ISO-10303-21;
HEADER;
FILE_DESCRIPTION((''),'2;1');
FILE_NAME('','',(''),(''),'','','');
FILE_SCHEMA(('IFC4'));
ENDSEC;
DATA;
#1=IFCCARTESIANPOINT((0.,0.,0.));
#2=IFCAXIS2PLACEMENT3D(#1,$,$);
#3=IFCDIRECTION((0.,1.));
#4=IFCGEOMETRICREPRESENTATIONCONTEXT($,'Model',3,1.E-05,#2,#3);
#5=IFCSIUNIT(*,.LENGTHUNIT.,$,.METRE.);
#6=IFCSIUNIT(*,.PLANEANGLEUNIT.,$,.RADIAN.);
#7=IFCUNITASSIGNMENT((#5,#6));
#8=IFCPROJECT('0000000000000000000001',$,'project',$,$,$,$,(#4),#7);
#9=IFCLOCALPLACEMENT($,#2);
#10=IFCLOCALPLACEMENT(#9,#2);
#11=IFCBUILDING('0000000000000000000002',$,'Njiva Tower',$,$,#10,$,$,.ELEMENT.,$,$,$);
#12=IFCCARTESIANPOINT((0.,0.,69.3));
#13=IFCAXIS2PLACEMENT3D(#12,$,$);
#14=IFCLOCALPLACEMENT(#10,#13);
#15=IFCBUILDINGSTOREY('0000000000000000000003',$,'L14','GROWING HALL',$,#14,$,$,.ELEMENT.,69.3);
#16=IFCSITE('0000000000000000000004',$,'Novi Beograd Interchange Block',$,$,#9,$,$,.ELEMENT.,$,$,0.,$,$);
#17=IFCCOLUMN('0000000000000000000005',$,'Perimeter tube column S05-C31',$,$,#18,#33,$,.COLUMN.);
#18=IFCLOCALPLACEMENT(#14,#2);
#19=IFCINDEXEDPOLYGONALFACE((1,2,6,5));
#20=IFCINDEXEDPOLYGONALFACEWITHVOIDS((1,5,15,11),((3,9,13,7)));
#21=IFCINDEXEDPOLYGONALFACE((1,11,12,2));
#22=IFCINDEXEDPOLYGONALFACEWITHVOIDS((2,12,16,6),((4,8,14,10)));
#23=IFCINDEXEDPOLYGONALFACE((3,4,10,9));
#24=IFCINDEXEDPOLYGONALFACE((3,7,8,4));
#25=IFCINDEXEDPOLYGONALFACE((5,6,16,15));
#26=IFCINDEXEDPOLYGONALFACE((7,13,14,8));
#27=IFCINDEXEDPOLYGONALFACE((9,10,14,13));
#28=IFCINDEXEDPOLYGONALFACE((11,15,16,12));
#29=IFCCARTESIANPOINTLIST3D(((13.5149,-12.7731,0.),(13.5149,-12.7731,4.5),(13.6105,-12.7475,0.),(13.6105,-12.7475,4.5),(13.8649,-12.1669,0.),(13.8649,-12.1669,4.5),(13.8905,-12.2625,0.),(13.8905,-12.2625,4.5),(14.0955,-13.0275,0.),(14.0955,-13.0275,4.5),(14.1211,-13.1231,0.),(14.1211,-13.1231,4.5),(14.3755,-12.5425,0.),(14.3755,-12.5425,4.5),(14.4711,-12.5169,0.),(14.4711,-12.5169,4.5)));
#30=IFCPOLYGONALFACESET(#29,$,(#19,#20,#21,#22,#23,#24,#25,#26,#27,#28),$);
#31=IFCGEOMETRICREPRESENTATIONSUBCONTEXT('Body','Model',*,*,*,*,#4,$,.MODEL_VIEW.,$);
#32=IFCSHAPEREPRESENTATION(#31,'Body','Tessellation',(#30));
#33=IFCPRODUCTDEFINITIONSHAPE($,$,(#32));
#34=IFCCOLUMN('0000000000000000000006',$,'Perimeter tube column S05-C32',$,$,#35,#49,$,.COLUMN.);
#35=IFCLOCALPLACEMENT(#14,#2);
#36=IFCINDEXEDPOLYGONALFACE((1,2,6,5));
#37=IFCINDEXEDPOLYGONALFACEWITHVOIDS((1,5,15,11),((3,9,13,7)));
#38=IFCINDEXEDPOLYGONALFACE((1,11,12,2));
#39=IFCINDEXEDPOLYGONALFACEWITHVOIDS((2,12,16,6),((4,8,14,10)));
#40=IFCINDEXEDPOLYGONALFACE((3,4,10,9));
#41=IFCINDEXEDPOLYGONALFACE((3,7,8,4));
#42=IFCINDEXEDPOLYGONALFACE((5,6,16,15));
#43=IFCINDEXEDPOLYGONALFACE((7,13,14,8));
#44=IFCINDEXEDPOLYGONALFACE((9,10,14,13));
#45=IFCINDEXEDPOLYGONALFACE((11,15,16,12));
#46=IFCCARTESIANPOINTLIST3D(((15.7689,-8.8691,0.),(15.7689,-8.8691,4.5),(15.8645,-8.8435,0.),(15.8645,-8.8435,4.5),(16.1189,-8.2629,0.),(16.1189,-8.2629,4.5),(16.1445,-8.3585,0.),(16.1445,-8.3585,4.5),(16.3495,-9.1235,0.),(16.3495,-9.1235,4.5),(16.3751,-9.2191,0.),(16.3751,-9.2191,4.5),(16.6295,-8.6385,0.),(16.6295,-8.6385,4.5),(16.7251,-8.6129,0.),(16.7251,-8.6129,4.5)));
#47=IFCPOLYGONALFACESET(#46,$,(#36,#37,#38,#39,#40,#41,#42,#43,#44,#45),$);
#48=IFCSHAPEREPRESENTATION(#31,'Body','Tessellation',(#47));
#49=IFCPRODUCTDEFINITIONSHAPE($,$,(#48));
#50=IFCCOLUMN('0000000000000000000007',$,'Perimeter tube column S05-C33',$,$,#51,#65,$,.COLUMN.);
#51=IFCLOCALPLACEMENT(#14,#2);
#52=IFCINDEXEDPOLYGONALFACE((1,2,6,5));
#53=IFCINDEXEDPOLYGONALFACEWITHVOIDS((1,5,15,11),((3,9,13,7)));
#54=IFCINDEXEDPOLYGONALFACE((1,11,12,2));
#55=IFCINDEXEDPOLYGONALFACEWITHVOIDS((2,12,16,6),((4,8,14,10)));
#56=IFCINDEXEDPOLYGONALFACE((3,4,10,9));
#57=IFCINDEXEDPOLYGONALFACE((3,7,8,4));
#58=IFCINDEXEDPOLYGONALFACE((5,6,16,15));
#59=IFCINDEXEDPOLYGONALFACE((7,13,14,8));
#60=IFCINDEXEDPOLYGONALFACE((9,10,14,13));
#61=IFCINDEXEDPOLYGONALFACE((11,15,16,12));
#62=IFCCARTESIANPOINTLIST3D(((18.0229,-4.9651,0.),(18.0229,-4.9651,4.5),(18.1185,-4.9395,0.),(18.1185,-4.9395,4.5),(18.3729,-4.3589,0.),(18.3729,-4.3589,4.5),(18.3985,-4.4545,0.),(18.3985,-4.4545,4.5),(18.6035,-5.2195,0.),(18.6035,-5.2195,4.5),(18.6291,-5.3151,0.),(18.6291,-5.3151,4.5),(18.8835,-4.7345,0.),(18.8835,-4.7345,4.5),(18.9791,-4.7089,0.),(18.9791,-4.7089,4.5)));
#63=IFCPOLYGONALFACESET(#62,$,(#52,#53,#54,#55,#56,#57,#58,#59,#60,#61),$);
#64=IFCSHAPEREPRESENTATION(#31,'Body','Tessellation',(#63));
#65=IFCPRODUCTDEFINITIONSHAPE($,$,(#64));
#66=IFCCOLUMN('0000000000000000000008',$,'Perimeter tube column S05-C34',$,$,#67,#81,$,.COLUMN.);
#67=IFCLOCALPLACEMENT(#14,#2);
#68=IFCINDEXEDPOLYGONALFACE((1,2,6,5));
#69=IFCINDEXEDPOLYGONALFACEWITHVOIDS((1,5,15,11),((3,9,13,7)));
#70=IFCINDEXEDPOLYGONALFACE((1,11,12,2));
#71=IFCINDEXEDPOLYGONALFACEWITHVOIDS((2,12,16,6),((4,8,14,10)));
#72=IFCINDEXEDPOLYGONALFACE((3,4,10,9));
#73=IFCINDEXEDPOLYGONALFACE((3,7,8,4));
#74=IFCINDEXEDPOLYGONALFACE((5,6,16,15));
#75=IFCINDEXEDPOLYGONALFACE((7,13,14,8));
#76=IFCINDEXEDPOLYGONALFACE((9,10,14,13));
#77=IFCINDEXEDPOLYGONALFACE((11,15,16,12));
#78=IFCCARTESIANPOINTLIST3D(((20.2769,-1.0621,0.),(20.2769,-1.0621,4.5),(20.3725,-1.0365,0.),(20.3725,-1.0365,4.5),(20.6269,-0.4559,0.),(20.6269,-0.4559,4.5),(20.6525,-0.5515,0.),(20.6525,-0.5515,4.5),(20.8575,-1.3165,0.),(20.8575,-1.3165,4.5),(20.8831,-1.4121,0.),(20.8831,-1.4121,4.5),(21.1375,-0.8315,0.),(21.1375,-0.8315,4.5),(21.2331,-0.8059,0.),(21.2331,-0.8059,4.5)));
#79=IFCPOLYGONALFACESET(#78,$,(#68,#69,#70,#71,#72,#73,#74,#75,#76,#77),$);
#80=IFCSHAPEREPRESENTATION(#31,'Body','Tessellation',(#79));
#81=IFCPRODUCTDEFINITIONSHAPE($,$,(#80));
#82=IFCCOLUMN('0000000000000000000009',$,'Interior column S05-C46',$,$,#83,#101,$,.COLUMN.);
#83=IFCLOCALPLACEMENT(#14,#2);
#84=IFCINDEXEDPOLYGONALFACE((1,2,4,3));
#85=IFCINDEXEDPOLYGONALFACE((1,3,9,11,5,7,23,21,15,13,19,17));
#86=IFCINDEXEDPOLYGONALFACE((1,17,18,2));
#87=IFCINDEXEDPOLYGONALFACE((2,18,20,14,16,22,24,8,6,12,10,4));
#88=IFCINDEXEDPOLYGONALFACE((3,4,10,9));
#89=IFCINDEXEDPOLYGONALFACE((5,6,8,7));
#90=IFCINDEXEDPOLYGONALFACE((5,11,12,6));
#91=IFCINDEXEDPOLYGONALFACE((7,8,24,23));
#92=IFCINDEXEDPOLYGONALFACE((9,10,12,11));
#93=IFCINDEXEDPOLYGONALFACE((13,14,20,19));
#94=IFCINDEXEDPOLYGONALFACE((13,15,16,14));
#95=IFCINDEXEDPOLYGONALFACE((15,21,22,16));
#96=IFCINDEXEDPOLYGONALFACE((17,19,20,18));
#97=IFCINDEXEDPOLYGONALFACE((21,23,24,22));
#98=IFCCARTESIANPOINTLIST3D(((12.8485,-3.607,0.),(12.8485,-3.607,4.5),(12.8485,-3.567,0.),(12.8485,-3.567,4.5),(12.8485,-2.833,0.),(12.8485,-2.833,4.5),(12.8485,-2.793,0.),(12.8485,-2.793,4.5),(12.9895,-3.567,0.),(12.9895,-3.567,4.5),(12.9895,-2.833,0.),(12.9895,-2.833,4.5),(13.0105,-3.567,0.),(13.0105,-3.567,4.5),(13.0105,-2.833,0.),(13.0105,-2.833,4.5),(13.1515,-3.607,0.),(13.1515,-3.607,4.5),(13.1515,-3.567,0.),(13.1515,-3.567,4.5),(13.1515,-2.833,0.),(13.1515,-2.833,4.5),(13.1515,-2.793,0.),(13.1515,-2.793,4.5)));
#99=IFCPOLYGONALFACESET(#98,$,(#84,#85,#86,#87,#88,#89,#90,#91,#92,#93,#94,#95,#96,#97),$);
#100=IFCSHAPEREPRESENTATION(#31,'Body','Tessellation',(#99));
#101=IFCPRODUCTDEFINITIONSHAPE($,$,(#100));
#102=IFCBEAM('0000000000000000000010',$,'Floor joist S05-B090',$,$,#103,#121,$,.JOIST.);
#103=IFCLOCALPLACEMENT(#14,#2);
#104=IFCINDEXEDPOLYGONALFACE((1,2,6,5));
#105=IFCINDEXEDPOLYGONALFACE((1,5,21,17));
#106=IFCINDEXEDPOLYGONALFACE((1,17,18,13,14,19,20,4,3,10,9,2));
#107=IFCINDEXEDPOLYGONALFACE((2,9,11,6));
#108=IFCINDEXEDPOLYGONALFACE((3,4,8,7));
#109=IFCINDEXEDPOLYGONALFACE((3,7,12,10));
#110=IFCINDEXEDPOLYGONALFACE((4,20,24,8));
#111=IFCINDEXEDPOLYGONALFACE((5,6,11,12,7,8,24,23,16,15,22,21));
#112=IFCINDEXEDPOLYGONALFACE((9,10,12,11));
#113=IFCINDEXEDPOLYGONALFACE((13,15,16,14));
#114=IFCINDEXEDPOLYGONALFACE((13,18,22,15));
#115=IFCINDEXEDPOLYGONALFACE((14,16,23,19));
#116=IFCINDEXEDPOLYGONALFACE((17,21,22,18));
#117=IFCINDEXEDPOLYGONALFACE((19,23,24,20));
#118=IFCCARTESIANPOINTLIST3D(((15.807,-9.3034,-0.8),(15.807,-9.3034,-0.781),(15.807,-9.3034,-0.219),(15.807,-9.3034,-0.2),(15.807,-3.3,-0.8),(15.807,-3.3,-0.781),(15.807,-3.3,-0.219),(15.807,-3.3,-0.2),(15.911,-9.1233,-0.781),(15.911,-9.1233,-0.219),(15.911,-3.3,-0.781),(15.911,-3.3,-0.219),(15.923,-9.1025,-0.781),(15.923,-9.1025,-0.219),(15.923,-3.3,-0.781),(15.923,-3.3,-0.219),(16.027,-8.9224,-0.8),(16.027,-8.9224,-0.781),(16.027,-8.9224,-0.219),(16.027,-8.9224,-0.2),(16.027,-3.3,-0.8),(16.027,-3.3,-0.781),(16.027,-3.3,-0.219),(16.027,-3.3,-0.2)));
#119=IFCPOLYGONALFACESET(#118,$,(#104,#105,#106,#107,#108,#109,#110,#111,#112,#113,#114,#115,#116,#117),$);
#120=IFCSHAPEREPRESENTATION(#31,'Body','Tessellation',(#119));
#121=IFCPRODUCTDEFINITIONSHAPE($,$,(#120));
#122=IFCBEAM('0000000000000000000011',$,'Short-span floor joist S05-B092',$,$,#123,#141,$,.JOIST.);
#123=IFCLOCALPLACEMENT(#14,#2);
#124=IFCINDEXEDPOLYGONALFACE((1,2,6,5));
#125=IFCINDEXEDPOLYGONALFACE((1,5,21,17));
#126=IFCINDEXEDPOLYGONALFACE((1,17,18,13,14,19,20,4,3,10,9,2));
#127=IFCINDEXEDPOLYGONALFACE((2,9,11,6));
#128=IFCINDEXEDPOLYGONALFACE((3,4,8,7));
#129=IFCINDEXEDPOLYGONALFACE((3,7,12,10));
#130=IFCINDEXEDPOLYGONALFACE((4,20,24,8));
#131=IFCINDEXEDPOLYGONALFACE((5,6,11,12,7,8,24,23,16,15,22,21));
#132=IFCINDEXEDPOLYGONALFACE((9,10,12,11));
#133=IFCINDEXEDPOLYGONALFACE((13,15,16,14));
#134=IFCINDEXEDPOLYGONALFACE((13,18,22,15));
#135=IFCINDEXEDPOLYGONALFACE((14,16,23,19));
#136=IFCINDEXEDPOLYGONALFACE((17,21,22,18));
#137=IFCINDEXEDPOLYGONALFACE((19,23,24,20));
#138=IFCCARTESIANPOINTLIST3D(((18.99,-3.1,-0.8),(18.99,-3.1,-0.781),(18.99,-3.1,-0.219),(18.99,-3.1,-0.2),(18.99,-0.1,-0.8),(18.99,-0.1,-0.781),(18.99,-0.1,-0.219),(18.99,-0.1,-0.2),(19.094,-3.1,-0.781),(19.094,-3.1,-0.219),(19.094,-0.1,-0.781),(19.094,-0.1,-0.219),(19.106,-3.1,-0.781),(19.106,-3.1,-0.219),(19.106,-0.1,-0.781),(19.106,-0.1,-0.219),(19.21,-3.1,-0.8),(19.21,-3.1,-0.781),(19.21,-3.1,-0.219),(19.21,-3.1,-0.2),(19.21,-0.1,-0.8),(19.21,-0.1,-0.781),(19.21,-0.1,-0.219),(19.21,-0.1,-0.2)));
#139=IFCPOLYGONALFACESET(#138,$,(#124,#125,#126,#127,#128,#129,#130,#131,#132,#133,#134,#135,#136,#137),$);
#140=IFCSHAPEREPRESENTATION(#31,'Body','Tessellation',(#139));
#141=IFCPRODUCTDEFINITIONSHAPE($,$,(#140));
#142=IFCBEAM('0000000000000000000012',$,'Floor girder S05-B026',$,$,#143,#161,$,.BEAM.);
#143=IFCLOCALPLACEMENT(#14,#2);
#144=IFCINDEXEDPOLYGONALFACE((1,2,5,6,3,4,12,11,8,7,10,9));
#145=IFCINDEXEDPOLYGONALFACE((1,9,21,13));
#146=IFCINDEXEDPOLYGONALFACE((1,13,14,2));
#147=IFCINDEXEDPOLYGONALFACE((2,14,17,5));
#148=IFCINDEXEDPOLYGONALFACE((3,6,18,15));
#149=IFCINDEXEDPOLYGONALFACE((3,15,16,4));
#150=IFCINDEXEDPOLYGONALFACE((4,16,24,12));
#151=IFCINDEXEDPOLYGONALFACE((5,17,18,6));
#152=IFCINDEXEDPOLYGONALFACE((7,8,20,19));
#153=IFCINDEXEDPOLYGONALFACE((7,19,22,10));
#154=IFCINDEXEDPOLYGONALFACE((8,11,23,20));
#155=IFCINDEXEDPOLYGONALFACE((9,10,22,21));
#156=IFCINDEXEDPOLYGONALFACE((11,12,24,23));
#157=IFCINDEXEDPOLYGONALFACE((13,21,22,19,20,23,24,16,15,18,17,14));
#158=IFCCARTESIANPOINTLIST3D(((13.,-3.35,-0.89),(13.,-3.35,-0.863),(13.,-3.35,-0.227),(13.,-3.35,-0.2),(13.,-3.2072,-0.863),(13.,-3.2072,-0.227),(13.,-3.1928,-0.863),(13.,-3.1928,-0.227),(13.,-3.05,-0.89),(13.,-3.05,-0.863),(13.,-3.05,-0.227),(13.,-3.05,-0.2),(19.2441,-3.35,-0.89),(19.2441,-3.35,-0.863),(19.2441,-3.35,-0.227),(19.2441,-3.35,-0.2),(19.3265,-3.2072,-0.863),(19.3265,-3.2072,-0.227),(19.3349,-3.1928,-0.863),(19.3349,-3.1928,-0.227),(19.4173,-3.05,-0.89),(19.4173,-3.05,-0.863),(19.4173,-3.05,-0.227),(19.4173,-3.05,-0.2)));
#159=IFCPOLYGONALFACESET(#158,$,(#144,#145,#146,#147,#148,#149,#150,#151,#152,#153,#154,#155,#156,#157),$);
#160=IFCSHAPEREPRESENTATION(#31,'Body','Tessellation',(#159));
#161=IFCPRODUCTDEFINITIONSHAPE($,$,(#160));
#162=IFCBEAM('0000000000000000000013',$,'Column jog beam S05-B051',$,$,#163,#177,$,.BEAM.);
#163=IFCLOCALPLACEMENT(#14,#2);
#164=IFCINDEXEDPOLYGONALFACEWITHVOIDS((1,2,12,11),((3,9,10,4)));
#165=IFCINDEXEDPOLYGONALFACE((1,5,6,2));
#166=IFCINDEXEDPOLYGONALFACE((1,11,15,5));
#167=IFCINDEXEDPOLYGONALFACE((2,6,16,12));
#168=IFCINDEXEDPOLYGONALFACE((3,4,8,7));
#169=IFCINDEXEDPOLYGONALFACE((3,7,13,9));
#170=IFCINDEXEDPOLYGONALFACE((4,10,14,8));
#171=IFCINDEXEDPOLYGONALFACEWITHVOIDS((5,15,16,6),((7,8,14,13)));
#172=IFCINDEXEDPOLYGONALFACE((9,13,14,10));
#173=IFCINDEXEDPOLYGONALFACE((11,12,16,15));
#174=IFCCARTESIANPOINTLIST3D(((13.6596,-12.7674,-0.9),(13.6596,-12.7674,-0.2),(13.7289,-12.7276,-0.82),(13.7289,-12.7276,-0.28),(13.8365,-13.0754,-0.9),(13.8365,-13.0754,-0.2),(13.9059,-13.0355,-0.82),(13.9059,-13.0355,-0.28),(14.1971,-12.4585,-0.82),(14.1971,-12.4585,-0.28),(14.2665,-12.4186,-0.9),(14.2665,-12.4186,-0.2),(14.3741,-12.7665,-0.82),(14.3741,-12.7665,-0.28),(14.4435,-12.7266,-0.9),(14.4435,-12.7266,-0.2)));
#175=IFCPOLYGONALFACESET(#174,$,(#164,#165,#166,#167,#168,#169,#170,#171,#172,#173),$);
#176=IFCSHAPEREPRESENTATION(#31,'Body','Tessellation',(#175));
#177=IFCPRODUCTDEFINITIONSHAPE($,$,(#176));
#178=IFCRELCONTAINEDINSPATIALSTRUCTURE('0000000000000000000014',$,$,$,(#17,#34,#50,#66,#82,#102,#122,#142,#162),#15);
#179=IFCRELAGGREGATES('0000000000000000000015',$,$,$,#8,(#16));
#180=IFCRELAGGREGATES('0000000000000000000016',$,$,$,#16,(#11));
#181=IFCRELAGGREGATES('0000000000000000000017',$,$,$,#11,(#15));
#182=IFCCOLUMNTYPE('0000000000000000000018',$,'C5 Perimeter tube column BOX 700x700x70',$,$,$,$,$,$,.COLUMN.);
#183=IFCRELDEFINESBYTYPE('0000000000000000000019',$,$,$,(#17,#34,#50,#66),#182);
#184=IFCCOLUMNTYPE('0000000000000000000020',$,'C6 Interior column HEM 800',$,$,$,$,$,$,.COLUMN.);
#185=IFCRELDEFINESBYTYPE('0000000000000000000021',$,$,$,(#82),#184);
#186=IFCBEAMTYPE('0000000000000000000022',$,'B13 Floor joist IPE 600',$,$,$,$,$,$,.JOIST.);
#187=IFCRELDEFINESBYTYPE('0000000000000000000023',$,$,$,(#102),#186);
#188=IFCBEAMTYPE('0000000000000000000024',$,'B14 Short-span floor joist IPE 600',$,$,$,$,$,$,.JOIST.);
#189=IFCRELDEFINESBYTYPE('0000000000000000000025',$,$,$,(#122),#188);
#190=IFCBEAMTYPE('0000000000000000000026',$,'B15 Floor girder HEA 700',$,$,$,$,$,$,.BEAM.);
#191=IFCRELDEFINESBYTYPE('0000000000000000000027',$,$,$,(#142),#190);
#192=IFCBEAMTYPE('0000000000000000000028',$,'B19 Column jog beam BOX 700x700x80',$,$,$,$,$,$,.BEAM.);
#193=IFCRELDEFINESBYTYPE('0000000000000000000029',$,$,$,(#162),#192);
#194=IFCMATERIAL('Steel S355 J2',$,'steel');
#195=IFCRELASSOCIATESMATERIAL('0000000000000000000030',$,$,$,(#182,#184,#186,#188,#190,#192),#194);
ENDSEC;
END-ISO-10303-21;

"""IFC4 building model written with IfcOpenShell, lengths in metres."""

from ifc_helpers import new_model, si_unit, direction, frame, origin, origin_2d, place, context, subcontext, project, spatial, hollow_rectangle, i_section, extrude, clip, halfspace, material, material_profile, profile_set, type_object, element, save


model = new_model("IFC4")

# Units and contexts
model_context = context("Model", 3, precision=1e-05, world=origin(), true_north=direction((0.0, 1.0)))
body_context = subcontext(model_context, "Body", "Model", "MODEL_VIEW")
ifc_project = project(units=[si_unit("LENGTHUNIT", "METRE"), si_unit("PLANEANGLEUNIT", "RADIAN")], contexts=[model_context])

# Site, building, storey
site_placement = place(None, origin())
site = spatial("IfcSite", under=ifc_project, at=site_placement, Name="Novi Beograd Interchange Block", CompositionType="ELEMENT", RefElevation=0.0)
building_placement = place(site_placement, origin())
building = spatial("IfcBuilding", under=site, at=building_placement, Name="Njiva Tower", CompositionType="ELEMENT")
storey_placement = place(building_placement, frame((0.0, 0.0, 69.3)))
storey = spatial("IfcBuildingStorey", under=building, at=storey_placement, Name="L14", Description="GROWING HALL", CompositionType="ELEMENT", Elevation=69.3)

# Columns
ifc_material_1 = material(Name="Steel S355 J2", Category="steel")
ifc_material_profile_1 = material_profile(ifc_material_1, hollow_rectangle(XDim=0.7, YDim=0.7, WallThickness=0.07, at=origin_2d()), Name="BOX 700x700x70")
ifc_profile_set_1 = profile_set([ifc_material_profile_1], Name="Steel S355 J2")
column_type_1 = type_object("IfcColumnType", Name="C5 Perimeter tube column BOX 700x700x70", PredefinedType="COLUMN", material=ifc_profile_set_1)
for number, where, z_axis, x_axis, name in (
    (1, (13.993, -12.645, 0.0), (0.0, 0.0, 1.0), (0.5, 0.866025, 0.0), "Perimeter tube column S05-C31"),
    (2, (16.247, -8.741, 0.0), (0.0, 0.0, 1.0), (0.5, 0.866025, 0.0), "Perimeter tube column S05-C32"),
    (3, (18.501, -4.837, 0.0), (0.0, 0.0, 1.0), (0.5, 0.866025, 0.0), "Perimeter tube column S05-C33"),
    (4, (20.755, -0.934, 0.0), (0.0, 0.0, 1.0), (0.5, 0.866025, 0.0), "Perimeter tube column S05-C34"),
):
    element("IfcColumn", number, at=place(storey_placement, frame(where, z_axis=z_axis, x_axis=x_axis)), inside=storey, type_object=column_type_1, Name=name, PredefinedType="COLUMN", context=body_context, shape_type="SweptSolid", body=[
        extrude(hollow_rectangle(XDim=0.7, YDim=0.7, WallThickness=0.07, at=origin_2d()), origin(), (0.0, 0.0, 1.0), 4.5),
    ])
ifc_material_profile_2 = material_profile(ifc_material_1, i_section(OverallWidth=0.303, OverallDepth=0.814, WebThickness=0.021, FlangeThickness=0.04, at=origin_2d()), Name="HEM 800")
ifc_profile_set_2 = profile_set([ifc_material_profile_2], Name="Steel S355 J2")
column_type_2 = type_object("IfcColumnType", Name="C6 Interior column HEM 800", PredefinedType="COLUMN", material=ifc_profile_set_2)
column_placement = place(storey_placement, frame((13.0, -3.2, 0.0), z_axis=(0.0, 0.0, 1.0), x_axis=(1.0, 0.0, 0.0)))
element("IfcColumn", 5, at=column_placement, inside=storey, type_object=column_type_2, Name="Interior column S05-C46", PredefinedType="COLUMN", context=body_context, shape_type="SweptSolid", body=[
    extrude(i_section(OverallWidth=0.303, OverallDepth=0.814, WebThickness=0.021, FlangeThickness=0.04, at=origin_2d()), origin(), (0.0, 0.0, 1.0), 4.5),
])

# Beams
ifc_material_profile_3 = material_profile(ifc_material_1, i_section(OverallWidth=0.22, OverallDepth=0.6, WebThickness=0.012, FlangeThickness=0.019, at=origin_2d()), Name="IPE 600")
ifc_profile_set_3 = profile_set([ifc_material_profile_3], Name="Steel S355 J2")
beam_type_1 = type_object("IfcBeamType", Name="B13 Floor joist IPE 600", PredefinedType="JOIST", material=ifc_profile_set_3)
beam_1_placement = place(storey_placement, frame((15.917, -3.3, -0.5), z_axis=(0.0, -1.0, 0.0), x_axis=(1.0, 0.0, 0.0)))
element("IfcBeam", 6, at=beam_1_placement, inside=storey, type_object=beam_type_1, Name="Floor joist S05-B090", PredefinedType="JOIST", context=body_context, shape_type="Clipping", body=[
    clip(extrude(i_section(OverallWidth=0.22, OverallDepth=0.6, WebThickness=0.012, FlangeThickness=0.019, at=origin_2d()), origin(), (0.0, 0.0, 1.0), 6.024), halfspace(frame((0.043, 0.0, 5.7384), z_axis=(0.866027, 0.0, 0.499998), x_axis=(0.0, 1.0, 0.0)), False)),
])
ifc_material_profile_4 = material_profile(ifc_material_1, i_section(OverallWidth=0.22, OverallDepth=0.6, WebThickness=0.012, FlangeThickness=0.019, at=origin_2d()), Name="IPE 600")
ifc_profile_set_4 = profile_set([ifc_material_profile_4], Name="Steel S355 J2")
beam_type_2 = type_object("IfcBeamType", Name="B14 Short-span floor joist IPE 600", PredefinedType="JOIST", material=ifc_profile_set_4)
beam_2_placement = place(storey_placement, frame((19.1, -0.1, -0.5), z_axis=(0.0, -1.0, 0.0), x_axis=(1.0, 0.0, 0.0)))
element("IfcBeam", 7, at=beam_2_placement, inside=storey, type_object=beam_type_2, Name="Short-span floor joist S05-B092", PredefinedType="JOIST", context=body_context, shape_type="SweptSolid", body=[
    extrude(i_section(OverallWidth=0.22, OverallDepth=0.6, WebThickness=0.012, FlangeThickness=0.019, at=origin_2d()), origin(), (0.0, 0.0, 1.0), 3.0),
])
ifc_material_profile_5 = material_profile(ifc_material_1, i_section(OverallWidth=0.3, OverallDepth=0.69, WebThickness=0.0145, FlangeThickness=0.027, at=origin_2d()), Name="HEA 700")
ifc_profile_set_5 = profile_set([ifc_material_profile_5], Name="Steel S355 J2")
beam_type_3 = type_object("IfcBeamType", Name="B15 Floor girder HEA 700", PredefinedType="BEAM", material=ifc_profile_set_5)
beam_3_placement = place(storey_placement, frame((13.0, -3.2, -0.545), z_axis=(1.0, 0.0, 0.0), x_axis=(0.0, 1.0, 0.0)))
element("IfcBeam", 8, at=beam_3_placement, inside=storey, type_object=beam_type_3, Name="Floor girder S05-B026", PredefinedType="BEAM", context=body_context, shape_type="Clipping", body=[
    clip(extrude(i_section(OverallWidth=0.3, OverallDepth=0.69, WebThickness=0.0145, FlangeThickness=0.027, at=origin_2d()), origin(), (0.0, 0.0, 1.0), 6.438), halfspace(frame((-0.025, 0.0, 6.3163), z_axis=(-0.499998, 0.0, 0.866027), x_axis=(0.0, 1.0, 0.0)), False)),
])
ifc_material_profile_6 = material_profile(ifc_material_1, hollow_rectangle(XDim=0.7, YDim=0.7, WallThickness=0.08, at=origin_2d()), Name="BOX 700x700x80")
ifc_profile_set_6 = profile_set([ifc_material_profile_6], Name="Steel S355 J2")
beam_type_4 = type_object("IfcBeamType", Name="B19 Column jog beam BOX 700x700x80", PredefinedType="BEAM", material=ifc_profile_set_6)
beam_4_placement = place(storey_placement, frame((14.14, -12.901, -0.55), z_axis=(-0.49826, 0.867028, 0.0), x_axis=(-0.867028, -0.49826, 0.0)))
element("IfcBeam", 9, at=beam_4_placement, inside=storey, type_object=beam_type_4, Name="Column jog beam S05-B051", PredefinedType="BEAM", context=body_context, shape_type="SweptSolid", body=[
    extrude(hollow_rectangle(XDim=0.7, YDim=0.7, WallThickness=0.08, at=origin_2d()), origin(), (0.0, 0.0, 1.0), 0.3552),
])

save(model, "model.ifc")
